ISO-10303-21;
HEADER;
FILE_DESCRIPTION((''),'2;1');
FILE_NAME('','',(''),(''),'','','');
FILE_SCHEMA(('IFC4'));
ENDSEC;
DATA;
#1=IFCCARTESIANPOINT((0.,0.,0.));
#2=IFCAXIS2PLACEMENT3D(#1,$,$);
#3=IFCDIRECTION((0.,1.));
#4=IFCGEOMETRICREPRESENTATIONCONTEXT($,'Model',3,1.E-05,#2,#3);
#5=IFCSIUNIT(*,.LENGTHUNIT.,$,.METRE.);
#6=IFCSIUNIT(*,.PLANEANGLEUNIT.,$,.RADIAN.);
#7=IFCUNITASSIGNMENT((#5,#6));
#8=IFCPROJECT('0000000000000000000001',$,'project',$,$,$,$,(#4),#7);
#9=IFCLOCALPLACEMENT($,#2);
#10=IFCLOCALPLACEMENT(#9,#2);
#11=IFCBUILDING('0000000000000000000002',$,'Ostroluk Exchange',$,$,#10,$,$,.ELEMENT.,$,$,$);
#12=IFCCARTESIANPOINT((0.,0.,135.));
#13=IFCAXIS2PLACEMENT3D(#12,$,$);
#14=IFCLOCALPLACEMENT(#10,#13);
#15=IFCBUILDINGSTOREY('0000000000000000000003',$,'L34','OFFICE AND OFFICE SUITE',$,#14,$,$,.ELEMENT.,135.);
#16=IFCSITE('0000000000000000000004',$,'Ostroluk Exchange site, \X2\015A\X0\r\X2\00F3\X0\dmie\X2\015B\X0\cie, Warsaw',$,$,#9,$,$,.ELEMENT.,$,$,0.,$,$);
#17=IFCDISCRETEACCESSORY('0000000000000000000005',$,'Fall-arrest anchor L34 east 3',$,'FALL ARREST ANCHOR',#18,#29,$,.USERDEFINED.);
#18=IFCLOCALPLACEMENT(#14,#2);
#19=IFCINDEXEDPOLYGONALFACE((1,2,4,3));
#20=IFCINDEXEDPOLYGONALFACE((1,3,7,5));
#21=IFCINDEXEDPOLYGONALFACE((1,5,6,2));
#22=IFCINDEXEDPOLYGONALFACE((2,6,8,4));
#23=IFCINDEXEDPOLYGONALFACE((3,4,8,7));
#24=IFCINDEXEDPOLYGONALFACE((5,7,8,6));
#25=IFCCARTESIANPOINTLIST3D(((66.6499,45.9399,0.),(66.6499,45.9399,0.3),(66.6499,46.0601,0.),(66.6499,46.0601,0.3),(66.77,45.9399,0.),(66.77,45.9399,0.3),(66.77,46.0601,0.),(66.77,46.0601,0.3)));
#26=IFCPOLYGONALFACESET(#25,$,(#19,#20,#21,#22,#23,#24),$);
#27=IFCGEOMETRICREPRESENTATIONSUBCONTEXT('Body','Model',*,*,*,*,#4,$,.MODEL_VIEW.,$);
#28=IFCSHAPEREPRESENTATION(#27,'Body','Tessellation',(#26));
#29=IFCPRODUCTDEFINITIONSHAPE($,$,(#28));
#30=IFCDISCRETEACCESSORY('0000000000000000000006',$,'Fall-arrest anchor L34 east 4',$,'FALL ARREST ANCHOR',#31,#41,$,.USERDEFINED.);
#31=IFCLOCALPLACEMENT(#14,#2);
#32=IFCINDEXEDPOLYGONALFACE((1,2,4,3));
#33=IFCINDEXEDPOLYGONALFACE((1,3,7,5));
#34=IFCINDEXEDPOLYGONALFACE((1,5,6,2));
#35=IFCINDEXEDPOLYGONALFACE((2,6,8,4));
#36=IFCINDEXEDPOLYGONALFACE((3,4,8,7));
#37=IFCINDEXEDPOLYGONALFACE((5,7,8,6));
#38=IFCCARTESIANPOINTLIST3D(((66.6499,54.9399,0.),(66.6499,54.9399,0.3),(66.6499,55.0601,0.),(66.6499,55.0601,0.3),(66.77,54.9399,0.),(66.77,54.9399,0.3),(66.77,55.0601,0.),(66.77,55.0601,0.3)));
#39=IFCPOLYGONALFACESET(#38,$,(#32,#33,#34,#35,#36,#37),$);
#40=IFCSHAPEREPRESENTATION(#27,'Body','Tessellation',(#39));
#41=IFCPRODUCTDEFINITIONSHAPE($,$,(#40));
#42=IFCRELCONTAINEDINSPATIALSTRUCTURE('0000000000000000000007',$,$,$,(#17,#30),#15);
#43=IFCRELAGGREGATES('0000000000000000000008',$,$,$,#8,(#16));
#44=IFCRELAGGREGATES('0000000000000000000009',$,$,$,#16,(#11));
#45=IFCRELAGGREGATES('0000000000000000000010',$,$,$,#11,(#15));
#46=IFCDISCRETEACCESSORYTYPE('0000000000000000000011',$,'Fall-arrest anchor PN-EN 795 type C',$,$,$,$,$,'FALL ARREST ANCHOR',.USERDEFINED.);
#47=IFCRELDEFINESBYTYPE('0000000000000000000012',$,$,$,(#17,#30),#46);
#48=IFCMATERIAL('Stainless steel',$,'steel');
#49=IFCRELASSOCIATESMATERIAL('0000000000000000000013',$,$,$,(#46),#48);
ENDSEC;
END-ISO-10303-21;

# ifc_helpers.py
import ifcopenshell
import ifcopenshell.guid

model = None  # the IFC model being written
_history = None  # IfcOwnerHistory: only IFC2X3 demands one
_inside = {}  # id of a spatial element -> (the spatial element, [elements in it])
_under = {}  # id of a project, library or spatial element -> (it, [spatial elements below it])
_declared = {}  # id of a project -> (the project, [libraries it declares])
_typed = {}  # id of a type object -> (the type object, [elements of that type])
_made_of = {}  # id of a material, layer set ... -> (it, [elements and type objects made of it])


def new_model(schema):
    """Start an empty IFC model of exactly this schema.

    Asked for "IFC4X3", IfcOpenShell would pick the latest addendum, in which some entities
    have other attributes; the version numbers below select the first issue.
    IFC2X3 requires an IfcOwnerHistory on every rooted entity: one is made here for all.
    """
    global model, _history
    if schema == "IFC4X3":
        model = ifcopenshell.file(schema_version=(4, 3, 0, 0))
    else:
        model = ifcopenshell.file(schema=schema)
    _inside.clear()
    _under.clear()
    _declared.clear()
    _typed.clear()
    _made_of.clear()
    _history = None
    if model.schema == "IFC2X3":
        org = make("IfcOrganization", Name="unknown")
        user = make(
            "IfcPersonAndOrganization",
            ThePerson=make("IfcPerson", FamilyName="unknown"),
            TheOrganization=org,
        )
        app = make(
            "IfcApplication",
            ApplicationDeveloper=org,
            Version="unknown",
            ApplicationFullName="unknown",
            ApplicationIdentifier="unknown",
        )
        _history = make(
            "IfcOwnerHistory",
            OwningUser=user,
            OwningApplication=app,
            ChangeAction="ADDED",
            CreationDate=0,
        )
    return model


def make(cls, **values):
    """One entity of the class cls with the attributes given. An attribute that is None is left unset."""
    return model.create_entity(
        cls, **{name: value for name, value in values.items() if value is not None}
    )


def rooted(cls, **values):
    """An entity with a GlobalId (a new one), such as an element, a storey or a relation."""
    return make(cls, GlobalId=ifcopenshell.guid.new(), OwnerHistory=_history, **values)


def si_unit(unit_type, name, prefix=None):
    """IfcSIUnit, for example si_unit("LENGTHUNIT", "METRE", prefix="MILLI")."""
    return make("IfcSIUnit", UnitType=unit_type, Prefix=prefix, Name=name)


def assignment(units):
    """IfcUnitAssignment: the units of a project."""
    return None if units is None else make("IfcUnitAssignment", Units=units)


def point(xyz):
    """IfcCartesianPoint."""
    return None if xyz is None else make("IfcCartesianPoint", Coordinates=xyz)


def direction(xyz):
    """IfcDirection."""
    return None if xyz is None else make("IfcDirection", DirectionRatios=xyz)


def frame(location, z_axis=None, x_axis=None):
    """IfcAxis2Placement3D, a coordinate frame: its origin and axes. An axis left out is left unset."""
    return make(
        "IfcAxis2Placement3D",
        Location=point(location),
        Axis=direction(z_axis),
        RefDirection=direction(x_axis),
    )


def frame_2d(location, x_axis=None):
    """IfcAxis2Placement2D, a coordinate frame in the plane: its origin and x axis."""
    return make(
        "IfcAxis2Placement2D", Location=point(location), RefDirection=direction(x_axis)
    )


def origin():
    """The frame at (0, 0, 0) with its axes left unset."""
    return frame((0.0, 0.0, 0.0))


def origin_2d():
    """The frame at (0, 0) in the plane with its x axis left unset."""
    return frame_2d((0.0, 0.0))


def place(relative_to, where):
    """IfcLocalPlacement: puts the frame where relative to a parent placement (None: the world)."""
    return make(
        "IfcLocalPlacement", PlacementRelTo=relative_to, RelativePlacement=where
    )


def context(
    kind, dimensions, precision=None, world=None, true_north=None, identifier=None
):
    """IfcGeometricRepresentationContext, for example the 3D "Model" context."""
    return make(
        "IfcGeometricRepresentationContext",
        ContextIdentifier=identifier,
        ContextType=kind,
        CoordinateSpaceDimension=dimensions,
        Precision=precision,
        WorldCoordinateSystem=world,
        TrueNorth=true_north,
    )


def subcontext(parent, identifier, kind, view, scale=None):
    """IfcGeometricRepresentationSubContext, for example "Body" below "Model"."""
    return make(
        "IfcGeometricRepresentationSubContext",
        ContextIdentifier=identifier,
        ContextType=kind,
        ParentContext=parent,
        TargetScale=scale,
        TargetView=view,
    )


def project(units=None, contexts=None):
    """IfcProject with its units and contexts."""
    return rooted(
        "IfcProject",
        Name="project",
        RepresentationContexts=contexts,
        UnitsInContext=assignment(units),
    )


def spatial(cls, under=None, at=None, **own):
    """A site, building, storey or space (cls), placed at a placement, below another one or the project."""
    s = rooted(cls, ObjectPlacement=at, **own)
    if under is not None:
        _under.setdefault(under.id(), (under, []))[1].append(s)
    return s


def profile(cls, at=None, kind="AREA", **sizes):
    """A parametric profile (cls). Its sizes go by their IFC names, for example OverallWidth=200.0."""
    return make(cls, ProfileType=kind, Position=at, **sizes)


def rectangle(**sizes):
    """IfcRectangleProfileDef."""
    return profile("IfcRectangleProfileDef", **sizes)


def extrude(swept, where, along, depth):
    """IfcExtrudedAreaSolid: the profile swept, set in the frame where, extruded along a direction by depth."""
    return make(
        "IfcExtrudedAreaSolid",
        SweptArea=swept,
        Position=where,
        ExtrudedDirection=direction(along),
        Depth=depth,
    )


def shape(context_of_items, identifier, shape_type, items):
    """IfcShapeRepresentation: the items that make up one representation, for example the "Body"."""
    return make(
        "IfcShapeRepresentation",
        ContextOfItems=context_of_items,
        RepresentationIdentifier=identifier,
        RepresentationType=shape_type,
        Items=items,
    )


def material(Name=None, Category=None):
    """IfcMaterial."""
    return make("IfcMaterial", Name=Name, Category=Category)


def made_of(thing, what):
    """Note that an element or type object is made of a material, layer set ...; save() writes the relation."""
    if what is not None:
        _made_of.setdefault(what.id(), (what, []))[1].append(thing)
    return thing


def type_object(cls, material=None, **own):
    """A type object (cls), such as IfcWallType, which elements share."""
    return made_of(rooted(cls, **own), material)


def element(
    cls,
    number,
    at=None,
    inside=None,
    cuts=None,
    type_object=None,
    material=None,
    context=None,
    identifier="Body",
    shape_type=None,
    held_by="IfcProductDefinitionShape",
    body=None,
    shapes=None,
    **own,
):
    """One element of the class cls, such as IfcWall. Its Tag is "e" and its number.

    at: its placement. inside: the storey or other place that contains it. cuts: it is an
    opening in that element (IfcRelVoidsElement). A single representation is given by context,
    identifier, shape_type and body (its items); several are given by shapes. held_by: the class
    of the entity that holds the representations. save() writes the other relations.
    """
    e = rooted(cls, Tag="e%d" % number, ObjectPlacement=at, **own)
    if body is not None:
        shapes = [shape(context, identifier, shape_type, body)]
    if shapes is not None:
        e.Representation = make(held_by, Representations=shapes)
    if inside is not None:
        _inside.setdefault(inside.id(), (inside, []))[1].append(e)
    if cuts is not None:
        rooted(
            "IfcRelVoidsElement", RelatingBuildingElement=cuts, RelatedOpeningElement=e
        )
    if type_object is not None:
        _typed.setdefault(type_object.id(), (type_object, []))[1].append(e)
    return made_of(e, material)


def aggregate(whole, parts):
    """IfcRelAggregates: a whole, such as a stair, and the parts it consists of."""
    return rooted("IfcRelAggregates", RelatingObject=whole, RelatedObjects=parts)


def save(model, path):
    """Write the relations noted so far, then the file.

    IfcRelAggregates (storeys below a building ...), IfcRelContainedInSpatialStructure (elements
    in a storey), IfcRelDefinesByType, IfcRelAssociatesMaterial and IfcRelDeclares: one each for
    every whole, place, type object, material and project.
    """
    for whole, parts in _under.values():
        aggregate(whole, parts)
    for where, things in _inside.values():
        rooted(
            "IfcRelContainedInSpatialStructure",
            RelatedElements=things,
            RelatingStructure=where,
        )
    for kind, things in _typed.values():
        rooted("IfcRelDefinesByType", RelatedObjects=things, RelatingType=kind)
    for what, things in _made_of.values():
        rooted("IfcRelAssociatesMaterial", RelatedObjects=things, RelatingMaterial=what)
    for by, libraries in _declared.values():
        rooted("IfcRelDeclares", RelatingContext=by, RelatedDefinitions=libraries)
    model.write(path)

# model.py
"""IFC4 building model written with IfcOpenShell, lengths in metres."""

from ifc_helpers import new_model, si_unit, direction, frame, origin, origin_2d, place, context, subcontext, project, spatial, rectangle, extrude, material, type_object, element, save


model = new_model("IFC4")

# Units and contexts
model_context = context("Model", 3, precision=1e-05, world=origin(), true_north=direction((0.0, 1.0)))
body_context = subcontext(model_context, "Body", "Model", "MODEL_VIEW")
ifc_project = project(units=[si_unit("LENGTHUNIT", "METRE"), si_unit("PLANEANGLEUNIT", "RADIAN")], contexts=[model_context])

# Site, building, storey
site_placement = place(None, origin())
site = spatial("IfcSite", under=ifc_project, at=site_placement, Name="Ostroluk Exchange site, Śródmieście, Warsaw", CompositionType="ELEMENT", RefElevation=0.0)
building_placement = place(site_placement, origin())
building = spatial("IfcBuilding", under=site, at=building_placement, Name="Ostroluk Exchange", CompositionType="ELEMENT")
storey_placement = place(building_placement, frame((0.0, 0.0, 135.0)))
storey = spatial("IfcBuildingStorey", under=building, at=storey_placement, Name="L34", Description="OFFICE AND OFFICE SUITE", CompositionType="ELEMENT", Elevation=135.0)

# Discrete accessories
ifc_material_1 = material(Name="Stainless steel", Category="steel")
discrete_accessory_type = type_object("IfcDiscreteAccessoryType", Name="Fall-arrest anchor PN-EN 795 type C", ElementType="FALL ARREST ANCHOR", PredefinedType="USERDEFINED", material=ifc_material_1)
for number, where, z_axis, x_axis, name in (
    (1, (66.71, 46.0, 0.0), (0.0, 0.0, 1.0), (1.0, 0.0, 0.0), "Fall-arrest anchor L34 east 3"),
    (2, (66.71, 55.0, 0.0), (0.0, 0.0, 1.0), (1.0, 0.0, 0.0), "Fall-arrest anchor L34 east 4"),
):
    element("IfcDiscreteAccessory", number, at=place(storey_placement, frame(where, z_axis=z_axis, x_axis=x_axis)), inside=storey, type_object=discrete_accessory_type, Name=name, ObjectType="FALL ARREST ANCHOR", PredefinedType="USERDEFINED", context=body_context, shape_type="SweptSolid", body=[
        extrude(rectangle(XDim=0.1201, YDim=0.1201, at=origin_2d()), origin(), (0.0, 0.0, 1.0), 0.3),
    ])

save(model, "model.ifc")
